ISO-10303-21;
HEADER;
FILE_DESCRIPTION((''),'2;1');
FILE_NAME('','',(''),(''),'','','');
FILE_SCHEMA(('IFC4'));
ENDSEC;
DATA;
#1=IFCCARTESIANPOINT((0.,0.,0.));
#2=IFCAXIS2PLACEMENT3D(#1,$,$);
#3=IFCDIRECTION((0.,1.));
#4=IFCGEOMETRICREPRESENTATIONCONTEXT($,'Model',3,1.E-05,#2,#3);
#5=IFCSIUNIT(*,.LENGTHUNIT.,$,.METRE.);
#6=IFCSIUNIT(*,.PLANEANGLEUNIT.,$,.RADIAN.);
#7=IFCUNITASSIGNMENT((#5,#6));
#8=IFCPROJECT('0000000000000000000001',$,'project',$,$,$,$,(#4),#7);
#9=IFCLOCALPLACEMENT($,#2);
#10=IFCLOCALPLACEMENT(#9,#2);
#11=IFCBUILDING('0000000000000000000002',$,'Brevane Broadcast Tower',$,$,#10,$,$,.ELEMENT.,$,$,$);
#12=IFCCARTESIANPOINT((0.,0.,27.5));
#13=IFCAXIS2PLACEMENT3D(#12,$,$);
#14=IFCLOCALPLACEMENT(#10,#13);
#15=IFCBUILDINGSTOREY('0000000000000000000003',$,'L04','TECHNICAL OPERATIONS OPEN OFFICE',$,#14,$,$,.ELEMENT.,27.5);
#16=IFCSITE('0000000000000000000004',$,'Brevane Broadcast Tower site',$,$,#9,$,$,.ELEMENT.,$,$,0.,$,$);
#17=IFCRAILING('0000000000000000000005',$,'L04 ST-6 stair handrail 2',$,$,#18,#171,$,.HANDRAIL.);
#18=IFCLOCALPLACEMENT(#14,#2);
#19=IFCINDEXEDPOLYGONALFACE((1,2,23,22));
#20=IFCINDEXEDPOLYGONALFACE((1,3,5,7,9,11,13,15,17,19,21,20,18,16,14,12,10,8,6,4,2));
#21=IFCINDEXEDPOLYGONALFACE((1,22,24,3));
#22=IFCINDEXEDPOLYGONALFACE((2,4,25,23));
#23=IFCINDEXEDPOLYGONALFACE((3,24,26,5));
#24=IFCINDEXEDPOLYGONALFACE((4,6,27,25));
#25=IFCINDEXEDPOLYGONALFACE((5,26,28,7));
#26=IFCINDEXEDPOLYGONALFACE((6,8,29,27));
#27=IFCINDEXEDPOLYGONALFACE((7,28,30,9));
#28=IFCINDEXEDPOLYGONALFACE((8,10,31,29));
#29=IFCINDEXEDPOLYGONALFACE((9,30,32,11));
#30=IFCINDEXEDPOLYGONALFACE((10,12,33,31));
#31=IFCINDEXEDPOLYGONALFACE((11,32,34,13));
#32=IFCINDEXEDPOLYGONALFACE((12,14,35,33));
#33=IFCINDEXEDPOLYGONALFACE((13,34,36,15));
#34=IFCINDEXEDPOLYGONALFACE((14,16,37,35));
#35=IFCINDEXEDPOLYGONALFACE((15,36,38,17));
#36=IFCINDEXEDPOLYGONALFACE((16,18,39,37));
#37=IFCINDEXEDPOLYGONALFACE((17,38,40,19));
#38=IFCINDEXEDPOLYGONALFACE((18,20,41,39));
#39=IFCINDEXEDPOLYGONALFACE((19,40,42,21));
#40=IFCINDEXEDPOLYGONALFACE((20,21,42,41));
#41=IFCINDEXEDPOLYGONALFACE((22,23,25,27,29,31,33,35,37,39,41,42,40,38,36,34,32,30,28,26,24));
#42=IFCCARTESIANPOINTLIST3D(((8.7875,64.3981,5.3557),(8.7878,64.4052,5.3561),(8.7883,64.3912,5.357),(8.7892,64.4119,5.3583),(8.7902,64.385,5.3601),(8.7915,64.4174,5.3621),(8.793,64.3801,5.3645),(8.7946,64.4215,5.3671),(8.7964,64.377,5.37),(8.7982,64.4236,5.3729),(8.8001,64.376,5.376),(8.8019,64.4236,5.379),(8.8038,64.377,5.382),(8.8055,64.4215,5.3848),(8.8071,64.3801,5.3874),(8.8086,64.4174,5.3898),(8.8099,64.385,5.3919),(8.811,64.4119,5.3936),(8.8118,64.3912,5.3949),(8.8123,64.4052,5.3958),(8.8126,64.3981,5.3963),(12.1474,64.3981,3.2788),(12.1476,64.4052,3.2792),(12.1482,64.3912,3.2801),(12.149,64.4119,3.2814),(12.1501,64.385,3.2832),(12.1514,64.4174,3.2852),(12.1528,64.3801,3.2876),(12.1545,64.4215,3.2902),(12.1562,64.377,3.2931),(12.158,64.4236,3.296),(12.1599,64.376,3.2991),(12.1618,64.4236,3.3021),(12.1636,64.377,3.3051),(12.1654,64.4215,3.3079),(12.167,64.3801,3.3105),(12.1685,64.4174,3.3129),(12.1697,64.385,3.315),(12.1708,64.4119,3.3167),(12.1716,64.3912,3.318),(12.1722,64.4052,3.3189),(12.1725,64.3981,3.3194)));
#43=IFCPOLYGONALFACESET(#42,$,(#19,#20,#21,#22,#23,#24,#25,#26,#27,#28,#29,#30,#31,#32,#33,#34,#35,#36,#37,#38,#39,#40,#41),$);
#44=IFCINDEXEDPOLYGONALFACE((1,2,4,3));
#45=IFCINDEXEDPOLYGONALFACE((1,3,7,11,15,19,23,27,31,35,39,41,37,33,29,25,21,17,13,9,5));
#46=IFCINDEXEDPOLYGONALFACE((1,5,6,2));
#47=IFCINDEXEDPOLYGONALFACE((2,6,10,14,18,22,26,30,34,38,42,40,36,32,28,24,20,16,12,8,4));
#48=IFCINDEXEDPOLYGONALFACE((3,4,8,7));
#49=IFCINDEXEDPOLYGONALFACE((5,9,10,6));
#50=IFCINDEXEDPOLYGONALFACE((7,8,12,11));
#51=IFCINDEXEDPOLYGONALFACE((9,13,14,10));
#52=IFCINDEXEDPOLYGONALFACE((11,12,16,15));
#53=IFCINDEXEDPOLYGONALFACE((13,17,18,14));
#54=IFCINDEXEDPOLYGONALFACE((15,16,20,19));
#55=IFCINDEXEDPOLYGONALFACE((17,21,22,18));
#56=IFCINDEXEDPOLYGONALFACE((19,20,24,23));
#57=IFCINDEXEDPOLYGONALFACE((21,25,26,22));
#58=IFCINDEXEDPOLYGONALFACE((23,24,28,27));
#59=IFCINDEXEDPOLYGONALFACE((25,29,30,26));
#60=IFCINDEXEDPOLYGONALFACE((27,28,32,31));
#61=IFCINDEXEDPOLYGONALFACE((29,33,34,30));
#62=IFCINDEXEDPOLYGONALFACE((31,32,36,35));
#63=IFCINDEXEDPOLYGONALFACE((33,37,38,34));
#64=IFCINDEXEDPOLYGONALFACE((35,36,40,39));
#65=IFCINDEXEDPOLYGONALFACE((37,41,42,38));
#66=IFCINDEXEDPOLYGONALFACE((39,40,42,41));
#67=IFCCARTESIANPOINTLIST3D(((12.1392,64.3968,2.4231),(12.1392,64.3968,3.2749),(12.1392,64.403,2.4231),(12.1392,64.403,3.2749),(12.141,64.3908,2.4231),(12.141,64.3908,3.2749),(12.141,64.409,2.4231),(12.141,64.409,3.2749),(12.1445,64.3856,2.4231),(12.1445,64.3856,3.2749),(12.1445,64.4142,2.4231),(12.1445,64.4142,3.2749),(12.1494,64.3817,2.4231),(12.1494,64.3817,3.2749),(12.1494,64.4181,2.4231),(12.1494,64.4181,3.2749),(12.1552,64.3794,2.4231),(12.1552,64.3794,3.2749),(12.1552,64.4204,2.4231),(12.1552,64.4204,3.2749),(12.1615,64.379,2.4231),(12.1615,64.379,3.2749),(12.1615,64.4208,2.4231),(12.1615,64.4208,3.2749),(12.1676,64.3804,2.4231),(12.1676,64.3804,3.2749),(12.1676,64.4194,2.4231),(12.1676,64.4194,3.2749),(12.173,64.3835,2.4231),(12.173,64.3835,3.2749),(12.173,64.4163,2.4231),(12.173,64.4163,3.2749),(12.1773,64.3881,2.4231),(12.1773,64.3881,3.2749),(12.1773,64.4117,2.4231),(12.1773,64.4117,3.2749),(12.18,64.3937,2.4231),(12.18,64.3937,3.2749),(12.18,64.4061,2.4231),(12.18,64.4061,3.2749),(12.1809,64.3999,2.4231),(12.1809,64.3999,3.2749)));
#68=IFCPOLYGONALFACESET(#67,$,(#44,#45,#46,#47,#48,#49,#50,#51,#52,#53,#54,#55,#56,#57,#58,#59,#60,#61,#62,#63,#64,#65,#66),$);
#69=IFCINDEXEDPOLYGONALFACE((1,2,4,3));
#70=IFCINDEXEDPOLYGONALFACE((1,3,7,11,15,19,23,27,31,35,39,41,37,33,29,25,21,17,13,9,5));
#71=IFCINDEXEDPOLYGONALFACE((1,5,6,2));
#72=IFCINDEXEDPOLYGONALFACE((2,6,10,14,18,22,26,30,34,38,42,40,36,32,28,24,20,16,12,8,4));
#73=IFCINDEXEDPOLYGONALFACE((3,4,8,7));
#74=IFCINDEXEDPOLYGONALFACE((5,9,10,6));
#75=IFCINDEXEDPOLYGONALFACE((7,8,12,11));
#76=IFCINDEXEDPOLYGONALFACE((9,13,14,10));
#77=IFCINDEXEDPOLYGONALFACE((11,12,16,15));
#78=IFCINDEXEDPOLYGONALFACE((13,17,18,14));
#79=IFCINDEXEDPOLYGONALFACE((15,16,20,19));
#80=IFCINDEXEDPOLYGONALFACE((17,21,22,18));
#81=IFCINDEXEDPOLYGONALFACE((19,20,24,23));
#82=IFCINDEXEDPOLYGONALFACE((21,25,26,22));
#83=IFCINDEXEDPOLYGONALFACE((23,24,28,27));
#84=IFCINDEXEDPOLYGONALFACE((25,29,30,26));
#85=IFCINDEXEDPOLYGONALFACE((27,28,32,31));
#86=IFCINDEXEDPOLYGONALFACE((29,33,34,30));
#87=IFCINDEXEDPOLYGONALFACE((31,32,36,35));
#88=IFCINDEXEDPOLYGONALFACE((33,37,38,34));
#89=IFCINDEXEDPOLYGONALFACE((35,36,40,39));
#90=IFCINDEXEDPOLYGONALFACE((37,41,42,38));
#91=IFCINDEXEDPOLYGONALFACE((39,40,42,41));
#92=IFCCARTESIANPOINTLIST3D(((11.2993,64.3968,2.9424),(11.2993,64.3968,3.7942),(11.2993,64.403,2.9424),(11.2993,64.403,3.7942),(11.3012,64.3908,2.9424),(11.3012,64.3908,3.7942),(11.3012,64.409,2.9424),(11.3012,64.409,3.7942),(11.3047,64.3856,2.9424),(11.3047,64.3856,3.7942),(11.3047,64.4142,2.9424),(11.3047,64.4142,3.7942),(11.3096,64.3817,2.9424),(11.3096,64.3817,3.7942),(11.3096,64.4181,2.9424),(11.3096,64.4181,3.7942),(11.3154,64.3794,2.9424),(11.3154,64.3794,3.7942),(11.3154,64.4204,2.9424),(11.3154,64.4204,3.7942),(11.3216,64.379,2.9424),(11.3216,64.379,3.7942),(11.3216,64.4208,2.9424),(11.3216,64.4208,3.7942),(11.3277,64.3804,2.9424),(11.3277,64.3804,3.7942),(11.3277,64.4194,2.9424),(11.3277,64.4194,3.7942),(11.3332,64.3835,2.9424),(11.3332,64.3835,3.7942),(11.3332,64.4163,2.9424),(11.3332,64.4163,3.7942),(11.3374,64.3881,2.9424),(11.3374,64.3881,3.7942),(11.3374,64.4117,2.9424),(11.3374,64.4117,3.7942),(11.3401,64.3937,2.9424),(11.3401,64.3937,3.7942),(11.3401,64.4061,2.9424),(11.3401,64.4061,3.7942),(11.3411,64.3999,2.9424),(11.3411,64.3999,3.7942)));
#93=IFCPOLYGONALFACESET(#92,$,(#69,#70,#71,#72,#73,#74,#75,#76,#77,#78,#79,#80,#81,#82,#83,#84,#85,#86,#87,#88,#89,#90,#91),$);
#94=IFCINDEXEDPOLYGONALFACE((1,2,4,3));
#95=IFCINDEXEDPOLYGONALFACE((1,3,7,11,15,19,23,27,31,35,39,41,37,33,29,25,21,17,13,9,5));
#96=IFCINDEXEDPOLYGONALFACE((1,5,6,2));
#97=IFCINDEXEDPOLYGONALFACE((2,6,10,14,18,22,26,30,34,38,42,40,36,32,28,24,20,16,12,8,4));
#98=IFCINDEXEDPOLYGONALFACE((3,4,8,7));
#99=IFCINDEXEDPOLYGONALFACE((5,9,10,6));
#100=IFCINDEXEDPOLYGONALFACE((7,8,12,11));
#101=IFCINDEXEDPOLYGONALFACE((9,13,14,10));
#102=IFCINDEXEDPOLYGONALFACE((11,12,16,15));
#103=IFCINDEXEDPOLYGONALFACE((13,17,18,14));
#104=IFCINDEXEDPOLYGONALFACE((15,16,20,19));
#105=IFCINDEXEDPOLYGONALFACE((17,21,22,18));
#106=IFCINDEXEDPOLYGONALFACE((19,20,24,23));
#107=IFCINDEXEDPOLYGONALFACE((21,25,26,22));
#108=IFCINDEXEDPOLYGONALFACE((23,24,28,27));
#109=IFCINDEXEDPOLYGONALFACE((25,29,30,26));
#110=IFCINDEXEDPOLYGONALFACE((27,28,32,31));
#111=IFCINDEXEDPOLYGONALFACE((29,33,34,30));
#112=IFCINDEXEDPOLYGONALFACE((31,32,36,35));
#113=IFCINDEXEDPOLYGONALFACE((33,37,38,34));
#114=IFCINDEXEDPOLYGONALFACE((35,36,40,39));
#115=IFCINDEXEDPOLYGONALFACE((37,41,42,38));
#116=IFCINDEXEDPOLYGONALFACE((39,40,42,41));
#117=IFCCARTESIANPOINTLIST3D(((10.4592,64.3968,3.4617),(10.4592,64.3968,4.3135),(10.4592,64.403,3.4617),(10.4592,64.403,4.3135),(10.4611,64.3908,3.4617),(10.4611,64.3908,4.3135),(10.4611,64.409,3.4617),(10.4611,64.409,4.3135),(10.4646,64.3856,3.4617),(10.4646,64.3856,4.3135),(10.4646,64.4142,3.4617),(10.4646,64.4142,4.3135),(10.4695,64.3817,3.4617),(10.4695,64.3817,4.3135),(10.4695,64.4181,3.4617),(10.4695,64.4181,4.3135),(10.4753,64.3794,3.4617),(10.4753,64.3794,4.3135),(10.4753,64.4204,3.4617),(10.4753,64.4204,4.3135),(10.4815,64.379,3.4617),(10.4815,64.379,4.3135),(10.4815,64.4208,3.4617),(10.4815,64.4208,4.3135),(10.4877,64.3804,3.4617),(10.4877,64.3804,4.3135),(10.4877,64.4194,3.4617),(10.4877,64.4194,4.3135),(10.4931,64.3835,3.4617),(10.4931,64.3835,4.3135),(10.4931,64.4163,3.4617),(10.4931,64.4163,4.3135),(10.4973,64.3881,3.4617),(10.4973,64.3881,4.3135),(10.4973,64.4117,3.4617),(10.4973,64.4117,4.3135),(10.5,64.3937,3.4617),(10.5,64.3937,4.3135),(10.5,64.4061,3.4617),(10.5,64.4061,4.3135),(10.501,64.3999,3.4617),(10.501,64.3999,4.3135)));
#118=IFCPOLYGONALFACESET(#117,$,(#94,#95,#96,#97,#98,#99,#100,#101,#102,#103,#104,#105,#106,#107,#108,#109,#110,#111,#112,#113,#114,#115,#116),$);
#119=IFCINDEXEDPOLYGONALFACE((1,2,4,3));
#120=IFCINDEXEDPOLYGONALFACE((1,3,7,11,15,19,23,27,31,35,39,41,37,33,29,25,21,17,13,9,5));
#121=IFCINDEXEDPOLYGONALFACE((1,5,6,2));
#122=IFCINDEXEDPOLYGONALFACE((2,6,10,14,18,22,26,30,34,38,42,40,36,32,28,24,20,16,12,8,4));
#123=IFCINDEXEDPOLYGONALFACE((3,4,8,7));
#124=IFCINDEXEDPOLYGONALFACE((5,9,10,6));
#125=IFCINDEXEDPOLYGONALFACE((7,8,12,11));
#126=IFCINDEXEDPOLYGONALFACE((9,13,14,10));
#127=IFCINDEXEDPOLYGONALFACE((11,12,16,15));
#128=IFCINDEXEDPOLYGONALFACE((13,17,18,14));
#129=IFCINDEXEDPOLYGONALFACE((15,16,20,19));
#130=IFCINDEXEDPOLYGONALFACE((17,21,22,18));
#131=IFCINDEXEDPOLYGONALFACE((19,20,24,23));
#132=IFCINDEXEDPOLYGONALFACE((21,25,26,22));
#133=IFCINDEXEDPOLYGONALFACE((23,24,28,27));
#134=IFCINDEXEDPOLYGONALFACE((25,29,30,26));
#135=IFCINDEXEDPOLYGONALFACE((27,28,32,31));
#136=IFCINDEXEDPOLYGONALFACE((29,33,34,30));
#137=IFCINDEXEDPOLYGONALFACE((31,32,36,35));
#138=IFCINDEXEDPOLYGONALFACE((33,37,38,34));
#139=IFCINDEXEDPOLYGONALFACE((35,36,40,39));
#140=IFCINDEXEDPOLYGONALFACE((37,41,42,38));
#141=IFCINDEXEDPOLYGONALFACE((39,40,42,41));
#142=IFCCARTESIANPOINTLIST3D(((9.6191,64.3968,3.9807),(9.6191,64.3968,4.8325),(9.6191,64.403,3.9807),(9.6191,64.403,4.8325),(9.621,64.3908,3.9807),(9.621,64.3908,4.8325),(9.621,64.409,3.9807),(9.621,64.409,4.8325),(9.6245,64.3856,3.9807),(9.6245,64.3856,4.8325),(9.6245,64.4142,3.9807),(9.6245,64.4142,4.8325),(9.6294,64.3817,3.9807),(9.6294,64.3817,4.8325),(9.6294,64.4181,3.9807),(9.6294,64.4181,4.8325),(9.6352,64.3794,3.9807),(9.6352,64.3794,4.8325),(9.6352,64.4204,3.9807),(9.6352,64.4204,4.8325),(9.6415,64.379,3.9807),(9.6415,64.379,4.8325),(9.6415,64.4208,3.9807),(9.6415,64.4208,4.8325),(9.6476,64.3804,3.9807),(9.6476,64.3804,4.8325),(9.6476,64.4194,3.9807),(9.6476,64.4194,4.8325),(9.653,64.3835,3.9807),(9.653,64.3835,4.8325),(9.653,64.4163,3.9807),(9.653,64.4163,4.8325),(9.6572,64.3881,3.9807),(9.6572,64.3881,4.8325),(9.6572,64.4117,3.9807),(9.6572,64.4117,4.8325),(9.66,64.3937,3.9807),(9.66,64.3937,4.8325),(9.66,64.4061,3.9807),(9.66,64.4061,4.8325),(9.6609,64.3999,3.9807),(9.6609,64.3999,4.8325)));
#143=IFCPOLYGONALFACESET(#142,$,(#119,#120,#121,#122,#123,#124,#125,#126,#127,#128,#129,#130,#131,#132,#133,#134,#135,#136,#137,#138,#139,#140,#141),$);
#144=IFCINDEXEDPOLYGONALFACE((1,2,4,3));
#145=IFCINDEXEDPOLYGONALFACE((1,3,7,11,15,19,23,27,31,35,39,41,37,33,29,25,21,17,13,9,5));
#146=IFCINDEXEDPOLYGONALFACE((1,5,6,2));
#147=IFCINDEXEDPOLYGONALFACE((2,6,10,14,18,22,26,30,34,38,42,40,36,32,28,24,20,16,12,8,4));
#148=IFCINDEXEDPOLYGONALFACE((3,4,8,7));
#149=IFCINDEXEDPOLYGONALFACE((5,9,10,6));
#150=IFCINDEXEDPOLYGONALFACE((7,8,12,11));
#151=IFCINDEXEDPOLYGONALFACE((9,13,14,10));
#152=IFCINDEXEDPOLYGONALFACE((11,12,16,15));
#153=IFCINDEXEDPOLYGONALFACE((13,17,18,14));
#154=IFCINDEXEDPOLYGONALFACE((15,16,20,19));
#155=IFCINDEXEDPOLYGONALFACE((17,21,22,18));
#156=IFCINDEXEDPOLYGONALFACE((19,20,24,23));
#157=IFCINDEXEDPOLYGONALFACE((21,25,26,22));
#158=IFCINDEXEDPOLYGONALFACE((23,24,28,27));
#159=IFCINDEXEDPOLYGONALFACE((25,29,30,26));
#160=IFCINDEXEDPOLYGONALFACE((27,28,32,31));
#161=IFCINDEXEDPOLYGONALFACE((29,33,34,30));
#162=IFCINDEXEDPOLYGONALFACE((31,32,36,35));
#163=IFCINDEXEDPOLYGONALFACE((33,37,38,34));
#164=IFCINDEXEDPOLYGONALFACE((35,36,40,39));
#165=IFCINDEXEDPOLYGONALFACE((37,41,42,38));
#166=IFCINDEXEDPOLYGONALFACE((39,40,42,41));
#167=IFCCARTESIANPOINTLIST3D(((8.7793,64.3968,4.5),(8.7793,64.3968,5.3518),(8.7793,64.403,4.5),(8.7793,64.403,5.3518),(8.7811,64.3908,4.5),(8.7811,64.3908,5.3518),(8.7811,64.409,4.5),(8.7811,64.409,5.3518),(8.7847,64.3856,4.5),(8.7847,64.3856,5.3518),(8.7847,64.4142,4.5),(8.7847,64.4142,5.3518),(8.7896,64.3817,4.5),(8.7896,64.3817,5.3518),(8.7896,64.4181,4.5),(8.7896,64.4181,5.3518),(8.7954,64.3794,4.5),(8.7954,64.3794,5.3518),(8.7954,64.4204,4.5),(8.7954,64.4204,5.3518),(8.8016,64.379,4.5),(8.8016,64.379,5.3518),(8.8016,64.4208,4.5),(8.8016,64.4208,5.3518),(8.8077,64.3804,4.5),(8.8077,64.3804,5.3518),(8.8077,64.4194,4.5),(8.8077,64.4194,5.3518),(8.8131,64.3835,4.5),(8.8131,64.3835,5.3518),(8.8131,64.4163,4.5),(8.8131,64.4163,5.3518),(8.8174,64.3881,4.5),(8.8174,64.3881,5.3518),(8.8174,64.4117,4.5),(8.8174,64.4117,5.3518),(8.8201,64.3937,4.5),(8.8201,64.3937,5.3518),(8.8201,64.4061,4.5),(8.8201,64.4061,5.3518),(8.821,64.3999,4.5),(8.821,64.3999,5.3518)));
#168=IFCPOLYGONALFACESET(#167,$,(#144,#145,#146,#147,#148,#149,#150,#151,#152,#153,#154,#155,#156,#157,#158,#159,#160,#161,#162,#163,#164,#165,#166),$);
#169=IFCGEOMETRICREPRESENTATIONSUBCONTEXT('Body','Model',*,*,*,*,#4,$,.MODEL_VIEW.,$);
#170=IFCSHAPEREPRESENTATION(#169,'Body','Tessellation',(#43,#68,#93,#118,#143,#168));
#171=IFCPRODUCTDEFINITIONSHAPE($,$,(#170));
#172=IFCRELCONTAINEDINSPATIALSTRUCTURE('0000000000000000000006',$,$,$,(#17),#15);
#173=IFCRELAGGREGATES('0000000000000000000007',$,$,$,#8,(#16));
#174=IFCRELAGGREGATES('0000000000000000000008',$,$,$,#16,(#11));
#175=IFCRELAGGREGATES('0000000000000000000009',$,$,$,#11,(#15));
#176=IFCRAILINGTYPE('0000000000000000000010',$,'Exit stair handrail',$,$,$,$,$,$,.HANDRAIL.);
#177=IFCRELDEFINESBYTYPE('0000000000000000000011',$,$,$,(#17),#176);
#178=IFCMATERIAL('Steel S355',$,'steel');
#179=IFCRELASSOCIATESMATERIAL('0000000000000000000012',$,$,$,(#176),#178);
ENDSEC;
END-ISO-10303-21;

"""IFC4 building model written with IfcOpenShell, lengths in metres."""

from ifc_helpers import new_model, si_unit, direction, frame, origin, origin_2d, place, context, subcontext, project, spatial, circle, extrude, material, type_object, element, save


model = new_model("IFC4")

# Units and contexts
model_context = context("Model", 3, precision=1e-05, world=origin(), true_north=direction((0.0, 1.0)))
body_context = subcontext(model_context, "Body", "Model", "MODEL_VIEW")
ifc_project = project(units=[si_unit("LENGTHUNIT", "METRE"), si_unit("PLANEANGLEUNIT", "RADIAN")], contexts=[model_context])

# Site, building, storey
site_placement = place(None, origin())
site = spatial("IfcSite", under=ifc_project, at=site_placement, Name="Brevane Broadcast Tower site", CompositionType="ELEMENT", RefElevation=0.0)
building_placement = place(site_placement, origin())
building = spatial("IfcBuilding", under=site, at=building_placement, Name="Brevane Broadcast Tower", CompositionType="ELEMENT")
storey_placement = place(building_placement, frame((0.0, 0.0, 27.5)))
storey = spatial("IfcBuildingStorey", under=building, at=storey_placement, Name="L04", Description="TECHNICAL OPERATIONS OPEN OFFICE", CompositionType="ELEMENT", Elevation=27.5)

# Railing
ifc_material_1 = material(Name="Steel S355", Category="steel")
railing_type_1 = type_object("IfcRailingType", Name="Exit stair handrail", PredefinedType="HANDRAIL", material=ifc_material_1)
railing_1_placement = place(storey_placement, frame((12.1599, 64.3999, 2.4231)))
element("IfcRailing", 1, at=railing_1_placement, inside=storey, type_object=railing_type_1, Name="L04 ST-6 stair handrail 2", PredefinedType="HANDRAIL", context=body_context, shape_type="SweptSolid", body=[
    extrude(circle(Radius=0.0239, at=origin_2d()), frame((0.0, 0.0, 0.876), z_axis=(-0.850606, 0.0, 0.525803), x_axis=(0.0, -1.0, 0.0)), (0.0, 0.0, 1.0), 3.95),
    extrude(circle(Radius=0.021, at=origin_2d()), origin(), (0.0, 0.0, 1.0), 0.8518),
    extrude(circle(Radius=0.021, at=origin_2d()), frame((-0.8398, 0.0, 0.5193)), (0.0, 0.0, 1.0), 0.8518),
    extrude(circle(Radius=0.021, at=origin_2d()), frame((-1.6799, 0.0, 1.0386)), (0.0, 0.0, 1.0), 0.8518),
    extrude(circle(Radius=0.021, at=origin_2d()), frame((-2.52, 0.0, 1.5576)), (0.0, 0.0, 1.0), 0.8518),
    extrude(circle(Radius=0.021, at=origin_2d()), frame((-3.3599, 0.0, 2.0769)), (0.0, 0.0, 1.0), 0.8518),
])

save(model, "model.ifc")
